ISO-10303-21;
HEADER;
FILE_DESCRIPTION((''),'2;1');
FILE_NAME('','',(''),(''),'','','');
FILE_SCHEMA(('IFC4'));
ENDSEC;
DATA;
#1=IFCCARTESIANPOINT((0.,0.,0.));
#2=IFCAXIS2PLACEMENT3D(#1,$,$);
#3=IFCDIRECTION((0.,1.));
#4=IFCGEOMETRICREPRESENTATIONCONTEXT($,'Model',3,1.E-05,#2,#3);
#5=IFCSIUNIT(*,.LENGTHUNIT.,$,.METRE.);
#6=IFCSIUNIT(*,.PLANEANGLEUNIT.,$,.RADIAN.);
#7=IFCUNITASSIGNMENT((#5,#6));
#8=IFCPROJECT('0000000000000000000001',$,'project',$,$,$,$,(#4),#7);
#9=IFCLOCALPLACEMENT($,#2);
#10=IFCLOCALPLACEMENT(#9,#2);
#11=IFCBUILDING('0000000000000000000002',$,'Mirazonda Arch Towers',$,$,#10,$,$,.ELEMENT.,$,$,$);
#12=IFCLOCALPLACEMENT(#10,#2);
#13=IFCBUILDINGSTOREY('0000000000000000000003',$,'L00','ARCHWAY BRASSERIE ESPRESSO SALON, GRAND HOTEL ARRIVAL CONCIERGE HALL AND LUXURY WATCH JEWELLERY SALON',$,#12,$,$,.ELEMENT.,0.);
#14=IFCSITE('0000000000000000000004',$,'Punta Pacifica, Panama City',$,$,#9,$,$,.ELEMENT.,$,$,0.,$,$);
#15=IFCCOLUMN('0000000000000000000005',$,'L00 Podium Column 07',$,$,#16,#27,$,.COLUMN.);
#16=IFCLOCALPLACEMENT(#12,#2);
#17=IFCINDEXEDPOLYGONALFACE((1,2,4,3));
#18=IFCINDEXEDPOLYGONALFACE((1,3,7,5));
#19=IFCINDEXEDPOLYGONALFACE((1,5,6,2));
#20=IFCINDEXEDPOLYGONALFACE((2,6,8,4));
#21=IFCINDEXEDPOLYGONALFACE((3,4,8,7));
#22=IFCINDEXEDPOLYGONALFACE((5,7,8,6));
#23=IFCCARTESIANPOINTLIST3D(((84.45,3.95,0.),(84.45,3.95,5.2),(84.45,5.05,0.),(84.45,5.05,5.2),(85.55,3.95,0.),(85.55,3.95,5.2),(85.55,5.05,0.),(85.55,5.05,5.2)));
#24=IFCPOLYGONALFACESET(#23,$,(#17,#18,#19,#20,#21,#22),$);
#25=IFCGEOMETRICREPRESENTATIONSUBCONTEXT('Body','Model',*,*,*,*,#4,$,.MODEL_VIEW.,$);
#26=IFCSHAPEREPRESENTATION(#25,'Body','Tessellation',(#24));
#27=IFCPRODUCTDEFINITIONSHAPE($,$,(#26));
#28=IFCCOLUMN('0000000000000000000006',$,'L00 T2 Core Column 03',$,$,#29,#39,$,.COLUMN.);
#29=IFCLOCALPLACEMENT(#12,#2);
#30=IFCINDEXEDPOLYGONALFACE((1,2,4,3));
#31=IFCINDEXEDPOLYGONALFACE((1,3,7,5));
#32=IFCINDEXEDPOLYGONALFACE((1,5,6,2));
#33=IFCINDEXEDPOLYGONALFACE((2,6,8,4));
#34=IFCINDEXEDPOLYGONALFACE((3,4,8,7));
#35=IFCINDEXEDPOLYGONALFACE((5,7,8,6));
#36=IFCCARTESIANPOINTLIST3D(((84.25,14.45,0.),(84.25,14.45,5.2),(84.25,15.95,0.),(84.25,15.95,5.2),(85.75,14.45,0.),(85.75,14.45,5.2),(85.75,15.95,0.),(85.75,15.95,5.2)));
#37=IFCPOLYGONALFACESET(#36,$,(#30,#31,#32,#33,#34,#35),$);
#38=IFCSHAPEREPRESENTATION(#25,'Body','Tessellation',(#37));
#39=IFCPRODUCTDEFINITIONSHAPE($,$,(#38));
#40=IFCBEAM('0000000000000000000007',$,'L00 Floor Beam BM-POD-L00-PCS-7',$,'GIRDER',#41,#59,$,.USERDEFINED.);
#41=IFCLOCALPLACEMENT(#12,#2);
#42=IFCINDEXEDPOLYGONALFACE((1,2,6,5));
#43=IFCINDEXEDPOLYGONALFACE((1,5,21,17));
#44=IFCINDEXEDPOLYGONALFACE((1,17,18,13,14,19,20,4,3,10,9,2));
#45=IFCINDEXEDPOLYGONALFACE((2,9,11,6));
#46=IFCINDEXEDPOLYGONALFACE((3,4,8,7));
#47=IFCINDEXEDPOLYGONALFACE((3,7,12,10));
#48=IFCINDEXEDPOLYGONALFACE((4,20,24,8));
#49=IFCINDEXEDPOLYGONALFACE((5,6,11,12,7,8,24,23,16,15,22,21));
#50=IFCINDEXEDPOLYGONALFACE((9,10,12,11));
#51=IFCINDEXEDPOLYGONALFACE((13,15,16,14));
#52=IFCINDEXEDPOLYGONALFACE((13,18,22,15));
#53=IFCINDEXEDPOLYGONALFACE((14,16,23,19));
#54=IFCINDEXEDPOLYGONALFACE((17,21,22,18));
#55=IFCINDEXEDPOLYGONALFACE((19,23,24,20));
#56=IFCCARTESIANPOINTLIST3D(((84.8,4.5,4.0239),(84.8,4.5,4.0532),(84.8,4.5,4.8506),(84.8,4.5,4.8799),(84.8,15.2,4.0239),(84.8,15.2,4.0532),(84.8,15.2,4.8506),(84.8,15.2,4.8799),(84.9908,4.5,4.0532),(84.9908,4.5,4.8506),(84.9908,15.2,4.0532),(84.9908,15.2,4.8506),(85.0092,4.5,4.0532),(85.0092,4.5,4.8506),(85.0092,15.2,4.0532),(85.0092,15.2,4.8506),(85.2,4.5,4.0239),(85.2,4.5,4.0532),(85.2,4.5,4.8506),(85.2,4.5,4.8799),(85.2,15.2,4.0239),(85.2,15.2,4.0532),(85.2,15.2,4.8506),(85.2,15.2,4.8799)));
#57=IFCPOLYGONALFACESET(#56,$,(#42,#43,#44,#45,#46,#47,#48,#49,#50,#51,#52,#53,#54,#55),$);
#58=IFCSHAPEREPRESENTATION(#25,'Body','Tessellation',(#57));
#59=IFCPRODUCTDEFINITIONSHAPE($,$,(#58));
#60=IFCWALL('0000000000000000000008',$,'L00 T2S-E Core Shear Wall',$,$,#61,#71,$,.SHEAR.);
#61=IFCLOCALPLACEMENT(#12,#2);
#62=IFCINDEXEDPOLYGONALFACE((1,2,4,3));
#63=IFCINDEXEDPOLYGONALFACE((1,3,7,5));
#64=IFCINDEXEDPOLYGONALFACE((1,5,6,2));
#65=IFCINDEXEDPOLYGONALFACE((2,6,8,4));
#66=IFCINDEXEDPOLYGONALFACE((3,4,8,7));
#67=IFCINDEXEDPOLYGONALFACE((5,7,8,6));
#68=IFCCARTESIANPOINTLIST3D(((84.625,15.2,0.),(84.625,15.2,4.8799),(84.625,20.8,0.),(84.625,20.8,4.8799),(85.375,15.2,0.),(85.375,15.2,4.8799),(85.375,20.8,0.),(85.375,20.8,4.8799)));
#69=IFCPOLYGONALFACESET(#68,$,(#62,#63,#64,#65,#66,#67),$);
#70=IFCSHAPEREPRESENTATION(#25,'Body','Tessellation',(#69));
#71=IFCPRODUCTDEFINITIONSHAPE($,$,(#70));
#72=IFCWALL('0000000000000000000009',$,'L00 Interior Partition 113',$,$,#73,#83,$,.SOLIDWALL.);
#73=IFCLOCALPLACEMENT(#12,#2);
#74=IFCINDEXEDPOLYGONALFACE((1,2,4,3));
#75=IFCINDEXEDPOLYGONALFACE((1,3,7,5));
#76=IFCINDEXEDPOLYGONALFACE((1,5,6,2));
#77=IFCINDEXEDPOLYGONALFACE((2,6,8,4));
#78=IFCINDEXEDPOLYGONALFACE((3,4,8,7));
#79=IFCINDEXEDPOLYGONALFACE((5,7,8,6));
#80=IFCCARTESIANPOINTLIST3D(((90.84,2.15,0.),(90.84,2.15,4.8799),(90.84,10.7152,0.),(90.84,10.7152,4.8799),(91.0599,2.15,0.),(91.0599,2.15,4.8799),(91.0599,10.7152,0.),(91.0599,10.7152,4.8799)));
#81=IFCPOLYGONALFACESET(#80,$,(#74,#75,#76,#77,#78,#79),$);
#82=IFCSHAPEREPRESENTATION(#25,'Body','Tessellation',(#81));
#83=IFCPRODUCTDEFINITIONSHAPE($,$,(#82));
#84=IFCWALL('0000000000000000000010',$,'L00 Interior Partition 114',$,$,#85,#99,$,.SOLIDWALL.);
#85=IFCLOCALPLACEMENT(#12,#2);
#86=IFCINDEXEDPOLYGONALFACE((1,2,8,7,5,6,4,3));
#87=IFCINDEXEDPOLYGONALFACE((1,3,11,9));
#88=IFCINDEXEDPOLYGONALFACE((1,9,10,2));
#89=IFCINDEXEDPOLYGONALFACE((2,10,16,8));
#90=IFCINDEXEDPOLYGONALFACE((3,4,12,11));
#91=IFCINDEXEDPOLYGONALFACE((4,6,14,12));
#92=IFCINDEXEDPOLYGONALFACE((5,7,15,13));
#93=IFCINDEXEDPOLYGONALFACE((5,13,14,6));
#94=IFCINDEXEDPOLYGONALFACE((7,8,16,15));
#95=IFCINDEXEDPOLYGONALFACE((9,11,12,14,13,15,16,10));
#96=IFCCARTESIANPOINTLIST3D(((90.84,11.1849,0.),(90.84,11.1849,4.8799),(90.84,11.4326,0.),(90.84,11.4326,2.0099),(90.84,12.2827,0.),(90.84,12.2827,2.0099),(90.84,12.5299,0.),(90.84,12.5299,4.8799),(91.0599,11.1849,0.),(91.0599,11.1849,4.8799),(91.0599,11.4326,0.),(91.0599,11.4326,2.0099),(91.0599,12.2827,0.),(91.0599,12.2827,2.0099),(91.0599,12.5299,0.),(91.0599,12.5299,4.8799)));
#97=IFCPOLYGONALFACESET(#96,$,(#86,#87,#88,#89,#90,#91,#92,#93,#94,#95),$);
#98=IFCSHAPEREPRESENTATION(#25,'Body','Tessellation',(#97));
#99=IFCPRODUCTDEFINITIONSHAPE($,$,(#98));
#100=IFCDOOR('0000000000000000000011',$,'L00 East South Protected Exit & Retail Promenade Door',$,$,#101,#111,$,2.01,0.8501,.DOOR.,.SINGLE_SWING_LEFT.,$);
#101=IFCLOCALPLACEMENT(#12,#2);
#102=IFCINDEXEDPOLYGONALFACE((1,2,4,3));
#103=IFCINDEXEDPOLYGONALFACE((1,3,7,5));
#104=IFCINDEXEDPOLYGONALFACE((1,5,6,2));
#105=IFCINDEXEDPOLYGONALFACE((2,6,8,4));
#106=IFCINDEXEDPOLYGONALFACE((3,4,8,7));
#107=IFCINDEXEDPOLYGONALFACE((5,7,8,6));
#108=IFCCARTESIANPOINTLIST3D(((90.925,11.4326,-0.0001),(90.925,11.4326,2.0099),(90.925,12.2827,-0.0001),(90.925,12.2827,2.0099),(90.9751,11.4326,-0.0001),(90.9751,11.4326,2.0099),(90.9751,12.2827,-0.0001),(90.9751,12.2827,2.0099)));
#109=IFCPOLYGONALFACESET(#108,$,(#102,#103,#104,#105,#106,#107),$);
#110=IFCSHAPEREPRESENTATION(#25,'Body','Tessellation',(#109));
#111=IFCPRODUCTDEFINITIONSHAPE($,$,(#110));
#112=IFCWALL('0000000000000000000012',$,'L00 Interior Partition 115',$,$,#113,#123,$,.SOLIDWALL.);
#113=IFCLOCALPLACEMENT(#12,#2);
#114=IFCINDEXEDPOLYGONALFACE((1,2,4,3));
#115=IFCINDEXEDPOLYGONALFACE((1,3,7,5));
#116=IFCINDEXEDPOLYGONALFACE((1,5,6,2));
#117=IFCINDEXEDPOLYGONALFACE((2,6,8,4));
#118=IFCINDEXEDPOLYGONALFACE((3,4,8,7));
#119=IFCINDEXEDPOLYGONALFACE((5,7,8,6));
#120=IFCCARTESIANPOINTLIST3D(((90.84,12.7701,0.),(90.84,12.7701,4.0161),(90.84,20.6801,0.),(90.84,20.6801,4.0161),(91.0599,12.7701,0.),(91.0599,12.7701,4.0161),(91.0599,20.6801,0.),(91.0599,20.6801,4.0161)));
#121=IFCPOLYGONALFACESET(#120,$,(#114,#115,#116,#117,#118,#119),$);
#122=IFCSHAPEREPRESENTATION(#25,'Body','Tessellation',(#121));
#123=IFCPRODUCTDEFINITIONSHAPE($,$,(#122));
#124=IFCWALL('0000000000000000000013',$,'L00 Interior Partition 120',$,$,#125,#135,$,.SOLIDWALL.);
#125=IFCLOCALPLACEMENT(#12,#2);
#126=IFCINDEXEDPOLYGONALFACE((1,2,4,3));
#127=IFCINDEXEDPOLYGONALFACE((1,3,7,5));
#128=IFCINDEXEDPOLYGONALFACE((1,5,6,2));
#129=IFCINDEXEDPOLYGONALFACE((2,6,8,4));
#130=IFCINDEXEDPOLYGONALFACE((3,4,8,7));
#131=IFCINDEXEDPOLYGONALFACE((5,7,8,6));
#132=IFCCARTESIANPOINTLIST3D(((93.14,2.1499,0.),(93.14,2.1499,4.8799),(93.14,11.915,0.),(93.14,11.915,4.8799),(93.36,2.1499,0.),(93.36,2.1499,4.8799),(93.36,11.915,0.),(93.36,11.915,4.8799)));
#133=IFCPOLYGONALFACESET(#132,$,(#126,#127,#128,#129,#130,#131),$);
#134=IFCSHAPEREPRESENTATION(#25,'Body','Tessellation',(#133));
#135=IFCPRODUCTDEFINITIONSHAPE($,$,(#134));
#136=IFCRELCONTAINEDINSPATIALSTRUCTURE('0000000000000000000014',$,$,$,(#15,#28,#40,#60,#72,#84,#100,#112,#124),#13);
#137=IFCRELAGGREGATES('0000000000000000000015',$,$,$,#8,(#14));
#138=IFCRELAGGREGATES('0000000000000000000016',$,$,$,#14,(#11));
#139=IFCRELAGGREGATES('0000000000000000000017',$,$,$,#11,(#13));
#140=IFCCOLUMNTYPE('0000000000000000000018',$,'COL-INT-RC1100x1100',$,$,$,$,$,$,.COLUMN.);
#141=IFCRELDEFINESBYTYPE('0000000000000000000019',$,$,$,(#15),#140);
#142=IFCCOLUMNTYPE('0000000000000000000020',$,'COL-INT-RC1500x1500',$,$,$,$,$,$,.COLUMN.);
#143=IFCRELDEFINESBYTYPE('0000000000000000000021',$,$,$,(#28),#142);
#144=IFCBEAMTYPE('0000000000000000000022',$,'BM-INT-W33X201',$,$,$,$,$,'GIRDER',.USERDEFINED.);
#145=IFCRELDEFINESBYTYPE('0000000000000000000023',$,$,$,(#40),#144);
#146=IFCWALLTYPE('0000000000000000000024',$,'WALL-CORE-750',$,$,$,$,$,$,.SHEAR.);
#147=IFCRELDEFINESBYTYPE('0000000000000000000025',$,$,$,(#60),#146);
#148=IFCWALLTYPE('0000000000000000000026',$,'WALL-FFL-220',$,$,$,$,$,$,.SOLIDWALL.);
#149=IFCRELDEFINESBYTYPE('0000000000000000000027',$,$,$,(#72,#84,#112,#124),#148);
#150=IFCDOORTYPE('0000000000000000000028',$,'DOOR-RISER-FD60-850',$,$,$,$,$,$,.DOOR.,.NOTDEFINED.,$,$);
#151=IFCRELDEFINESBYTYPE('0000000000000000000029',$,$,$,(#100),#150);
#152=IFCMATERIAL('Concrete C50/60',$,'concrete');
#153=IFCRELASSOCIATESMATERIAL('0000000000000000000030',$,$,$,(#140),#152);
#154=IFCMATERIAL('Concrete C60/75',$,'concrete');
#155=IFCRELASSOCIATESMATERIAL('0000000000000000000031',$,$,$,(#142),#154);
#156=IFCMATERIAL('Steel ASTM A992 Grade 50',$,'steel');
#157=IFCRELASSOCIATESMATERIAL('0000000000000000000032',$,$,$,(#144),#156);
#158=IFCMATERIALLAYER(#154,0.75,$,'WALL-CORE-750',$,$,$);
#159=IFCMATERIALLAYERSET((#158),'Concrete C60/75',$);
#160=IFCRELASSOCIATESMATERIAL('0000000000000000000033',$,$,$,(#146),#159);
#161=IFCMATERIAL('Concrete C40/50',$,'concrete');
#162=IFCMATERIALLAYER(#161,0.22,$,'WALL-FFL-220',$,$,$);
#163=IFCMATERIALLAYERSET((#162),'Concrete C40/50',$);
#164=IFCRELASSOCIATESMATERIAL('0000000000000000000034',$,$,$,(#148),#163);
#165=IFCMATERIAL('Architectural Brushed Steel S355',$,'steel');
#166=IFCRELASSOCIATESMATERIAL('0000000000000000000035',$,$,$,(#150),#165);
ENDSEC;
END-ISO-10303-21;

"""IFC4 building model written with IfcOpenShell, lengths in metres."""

from ifc_helpers import new_model, si_unit, direction, frame, frame_2d, origin, origin_2d, place, context, subcontext, project, spatial, rectangle, i_section, extrude, material, layer, layer_set, material_profile, profile_set, type_object, element, fill, save


model = new_model("IFC4")

# Units and contexts
model_context = context("Model", 3, precision=1e-05, world=origin(), true_north=direction((0.0, 1.0)))
body_context = subcontext(model_context, "Body", "Model", "MODEL_VIEW")
ifc_project = project(units=[si_unit("LENGTHUNIT", "METRE"), si_unit("PLANEANGLEUNIT", "RADIAN")], contexts=[model_context])

# Site, building, storey
site_placement = place(None, origin())
site = spatial("IfcSite", under=ifc_project, at=site_placement, Name="Punta Pacifica, Panama City", CompositionType="ELEMENT", RefElevation=0.0)
building_placement = place(site_placement, origin())
building = spatial("IfcBuilding", under=site, at=building_placement, Name="Mirazonda Arch Towers", CompositionType="ELEMENT")
storey_placement = place(building_placement, origin())
storey = spatial("IfcBuildingStorey", under=building, at=storey_placement, Name="L00", Description="ARCHWAY BRASSERIE ESPRESSO SALON, GRAND HOTEL ARRIVAL CONCIERGE HALL AND LUXURY WATCH JEWELLERY SALON", CompositionType="ELEMENT", Elevation=0.0)

# Columns
ifc_material_1 = material(Name="Concrete C50/60", Category="concrete")
ifc_material_profile_1 = material_profile(ifc_material_1, rectangle(XDim=1.1001, YDim=1.1001, at=origin_2d()), Name="RC1100x1100")
ifc_profile_set_1 = profile_set([ifc_material_profile_1], Name="Concrete C50/60")
column_type_1 = type_object("IfcColumnType", Name="COL-INT-RC1100x1100", PredefinedType="COLUMN", material=ifc_profile_set_1)
column_1_placement = place(storey_placement, frame((85.0, 4.5, 0.0), z_axis=(0.0, 0.0, 1.0), x_axis=(1.0, 0.0, 0.0)))
element("IfcColumn", 1, at=column_1_placement, inside=storey, type_object=column_type_1, Name="L00 Podium Column 07", PredefinedType="COLUMN", context=body_context, shape_type="SweptSolid", body=[
    extrude(rectangle(XDim=1.1001, YDim=1.1001, at=origin_2d()), origin(), (0.0, 0.0, 1.0), 5.2),
])
ifc_material_2 = material(Name="Concrete C60/75", Category="concrete")
ifc_material_profile_2 = material_profile(ifc_material_2, rectangle(XDim=1.5, YDim=1.5, at=origin_2d()), Name="RC1500x1500")
ifc_profile_set_2 = profile_set([ifc_material_profile_2], Name="Concrete C60/75")
column_type_2 = type_object("IfcColumnType", Name="COL-INT-RC1500x1500", PredefinedType="COLUMN", material=ifc_profile_set_2)
column_2_placement = place(storey_placement, frame((85.0, 15.2, 0.0), z_axis=(0.0, 0.0, 1.0), x_axis=(1.0, 0.0, 0.0)))
element("IfcColumn", 2, at=column_2_placement, inside=storey, type_object=column_type_2, Name="L00 T2 Core Column 03", PredefinedType="COLUMN", context=body_context, shape_type="SweptSolid", body=[
    extrude(rectangle(XDim=1.5, YDim=1.5, at=origin_2d()), origin(), (0.0, 0.0, 1.0), 5.2),
])

# Beam
ifc_material_3 = material(Name="Steel ASTM A992 Grade 50", Category="steel")
ifc_material_profile_3 = material_profile(ifc_material_3, i_section(OverallWidth=0.3999, OverallDepth=0.856, WebThickness=0.0183, FlangeThickness=0.0293, at=origin_2d()), Name="W33X201")
ifc_profile_set_3 = profile_set([ifc_material_profile_3], Name="Steel ASTM A992 Grade 50")
beam_type = type_object("IfcBeamType", Name="BM-INT-W33X201", ElementType="GIRDER", PredefinedType="USERDEFINED", material=ifc_profile_set_3)
beam_placement = place(storey_placement, frame((85.0, 4.5, 4.4519), z_axis=(0.0, 1.0, 0.0), x_axis=(-1.0, 0.0, 0.0)))
element("IfcBeam", 3, at=beam_placement, inside=storey, type_object=beam_type, Name="L00 Floor Beam BM-POD-L00-PCS-7", ObjectType="GIRDER", PredefinedType="USERDEFINED", context=body_context, shape_type="SweptSolid", body=[
    extrude(i_section(OverallWidth=0.3999, OverallDepth=0.856, WebThickness=0.0183, FlangeThickness=0.0293, at=origin_2d()), origin(), (0.0, 0.0, 1.0), 10.7),
])

# Walls
ifc_layer_1 = layer(ifc_material_2, 0.75, Name="WALL-CORE-750")
ifc_layer_set_1 = layer_set([ifc_layer_1], Name="Concrete C60/75")
wall_type_1 = type_object("IfcWallType", Name="WALL-CORE-750", PredefinedType="SHEAR", material=ifc_layer_set_1)
wall_1_placement = place(storey_placement, frame((85.0, 15.2, 0.0), z_axis=(0.0, 0.0, 1.0), x_axis=(0.0, 1.0, 0.0)))
element("IfcWall", 4, at=wall_1_placement, inside=storey, type_object=wall_type_1, Name="L00 T2S-E Core Shear Wall", PredefinedType="SHEAR", context=body_context, shape_type="SweptSolid", body=[
    extrude(rectangle(XDim=5.6001, YDim=0.75, at=frame_2d((2.8, 0.0))), origin(), (0.0, 0.0, 1.0), 4.8799),
])
ifc_material_4 = material(Name="Concrete C40/50", Category="concrete")
ifc_layer_2 = layer(ifc_material_4, 0.22, Name="WALL-FFL-220")
ifc_layer_set_2 = layer_set([ifc_layer_2], Name="Concrete C40/50")
wall_type_2 = type_object("IfcWallType", Name="WALL-FFL-220", PredefinedType="SOLIDWALL", material=ifc_layer_set_2)
wall_2_placement = place(storey_placement, frame((90.95, 2.1499, 0.0), z_axis=(0.0, 0.0, 1.0), x_axis=(0.0, 1.0, 0.0)))
element("IfcWall", 5, at=wall_2_placement, inside=storey, type_object=wall_type_2, Name="L00 Interior Partition 113", PredefinedType="SOLIDWALL", context=body_context, shape_type="SweptSolid", body=[
    extrude(rectangle(XDim=8.5652, YDim=0.22, at=frame_2d((4.2827, 0.0))), origin(), (0.0, 0.0, 1.0), 4.8799),
])

# Wall, opening, door
wall_3_placement = place(storey_placement, frame((90.95, 11.1851, 0.0), z_axis=(0.0, 0.0, 1.0), x_axis=(0.0, 1.0, 0.0)))
wall_3 = element("IfcWall", 6, at=wall_3_placement, inside=storey, type_object=wall_type_2, Name="L00 Interior Partition 114", PredefinedType="SOLIDWALL", context=body_context, shape_type="SweptSolid", body=[
    extrude(rectangle(XDim=1.345, YDim=0.22, at=frame_2d((0.6724, 0.0))), origin(), (0.0, 0.0, 1.0), 4.8799),
])
opening_placement = place(wall_3_placement, frame((0.2476, 0.0, 0.0)))
opening = element("IfcOpeningElement", 7, at=opening_placement, cuts=wall_3, PredefinedType="OPENING", context=body_context, shape_type="SweptSolid", body=[
    extrude(rectangle(XDim=0.8501, YDim=2.01, at=frame_2d((0.425, 1.0049))), frame((0.0, 0.1199, 0.0), z_axis=(0.0, -1.0, 0.0), x_axis=(1.0, 0.0, 0.0)), (0.0, 0.0, 1.0), 0.24),
])
ifc_material_5 = material(Name="Architectural Brushed Steel S355", Category="steel")
door_type = type_object("IfcDoorType", Name="DOOR-RISER-FD60-850", OperationType="NOTDEFINED", PredefinedType="DOOR", material=ifc_material_5)
door_placement = place(opening_placement, origin())
door = element("IfcDoor", 8, at=door_placement, inside=storey, type_object=door_type, Name="L00 East South Protected Exit & Retail Promenade Door", OperationType="SINGLE_SWING_LEFT", OverallHeight=2.01, OverallWidth=0.8501, PredefinedType="DOOR", context=body_context, shape_type="SweptSolid", body=[
    extrude(rectangle(XDim=0.8501, YDim=2.01, at=frame_2d((0.425, 1.0049))), frame((0.0, 0.0249, 0.0), z_axis=(0.0, -1.0, 0.0), x_axis=(1.0, 0.0, 0.0)), (0.0, 0.0, 1.0), 0.05),
])
fill(opening, door)

# Walls
wall_4_placement = place(storey_placement, frame((90.95, 12.77, 0.0), z_axis=(0.0, 0.0, 1.0), x_axis=(0.0, 1.0, 0.0)))
element("IfcWall", 9, at=wall_4_placement, inside=storey, type_object=wall_type_2, Name="L00 Interior Partition 115", PredefinedType="SOLIDWALL", context=body_context, shape_type="SweptSolid", body=[
    extrude(rectangle(XDim=7.9099, YDim=0.22, at=frame_2d((3.9551, 0.0))), origin(), (0.0, 0.0, 1.0), 4.0161),
])
wall_5_placement = place(storey_placement, frame((93.25, 2.1499, 0.0), z_axis=(0.0, 0.0, 1.0), x_axis=(0.0, 1.0, 0.0)))
element("IfcWall", 10, at=wall_5_placement, inside=storey, type_object=wall_type_2, Name="L00 Interior Partition 120", PredefinedType="SOLIDWALL", context=body_context, shape_type="SweptSolid", body=[
    extrude(rectangle(XDim=9.7651, YDim=0.22, at=frame_2d((4.8826, 0.0))), origin(), (0.0, 0.0, 1.0), 4.8799),
])

save(model, "model.ifc")
